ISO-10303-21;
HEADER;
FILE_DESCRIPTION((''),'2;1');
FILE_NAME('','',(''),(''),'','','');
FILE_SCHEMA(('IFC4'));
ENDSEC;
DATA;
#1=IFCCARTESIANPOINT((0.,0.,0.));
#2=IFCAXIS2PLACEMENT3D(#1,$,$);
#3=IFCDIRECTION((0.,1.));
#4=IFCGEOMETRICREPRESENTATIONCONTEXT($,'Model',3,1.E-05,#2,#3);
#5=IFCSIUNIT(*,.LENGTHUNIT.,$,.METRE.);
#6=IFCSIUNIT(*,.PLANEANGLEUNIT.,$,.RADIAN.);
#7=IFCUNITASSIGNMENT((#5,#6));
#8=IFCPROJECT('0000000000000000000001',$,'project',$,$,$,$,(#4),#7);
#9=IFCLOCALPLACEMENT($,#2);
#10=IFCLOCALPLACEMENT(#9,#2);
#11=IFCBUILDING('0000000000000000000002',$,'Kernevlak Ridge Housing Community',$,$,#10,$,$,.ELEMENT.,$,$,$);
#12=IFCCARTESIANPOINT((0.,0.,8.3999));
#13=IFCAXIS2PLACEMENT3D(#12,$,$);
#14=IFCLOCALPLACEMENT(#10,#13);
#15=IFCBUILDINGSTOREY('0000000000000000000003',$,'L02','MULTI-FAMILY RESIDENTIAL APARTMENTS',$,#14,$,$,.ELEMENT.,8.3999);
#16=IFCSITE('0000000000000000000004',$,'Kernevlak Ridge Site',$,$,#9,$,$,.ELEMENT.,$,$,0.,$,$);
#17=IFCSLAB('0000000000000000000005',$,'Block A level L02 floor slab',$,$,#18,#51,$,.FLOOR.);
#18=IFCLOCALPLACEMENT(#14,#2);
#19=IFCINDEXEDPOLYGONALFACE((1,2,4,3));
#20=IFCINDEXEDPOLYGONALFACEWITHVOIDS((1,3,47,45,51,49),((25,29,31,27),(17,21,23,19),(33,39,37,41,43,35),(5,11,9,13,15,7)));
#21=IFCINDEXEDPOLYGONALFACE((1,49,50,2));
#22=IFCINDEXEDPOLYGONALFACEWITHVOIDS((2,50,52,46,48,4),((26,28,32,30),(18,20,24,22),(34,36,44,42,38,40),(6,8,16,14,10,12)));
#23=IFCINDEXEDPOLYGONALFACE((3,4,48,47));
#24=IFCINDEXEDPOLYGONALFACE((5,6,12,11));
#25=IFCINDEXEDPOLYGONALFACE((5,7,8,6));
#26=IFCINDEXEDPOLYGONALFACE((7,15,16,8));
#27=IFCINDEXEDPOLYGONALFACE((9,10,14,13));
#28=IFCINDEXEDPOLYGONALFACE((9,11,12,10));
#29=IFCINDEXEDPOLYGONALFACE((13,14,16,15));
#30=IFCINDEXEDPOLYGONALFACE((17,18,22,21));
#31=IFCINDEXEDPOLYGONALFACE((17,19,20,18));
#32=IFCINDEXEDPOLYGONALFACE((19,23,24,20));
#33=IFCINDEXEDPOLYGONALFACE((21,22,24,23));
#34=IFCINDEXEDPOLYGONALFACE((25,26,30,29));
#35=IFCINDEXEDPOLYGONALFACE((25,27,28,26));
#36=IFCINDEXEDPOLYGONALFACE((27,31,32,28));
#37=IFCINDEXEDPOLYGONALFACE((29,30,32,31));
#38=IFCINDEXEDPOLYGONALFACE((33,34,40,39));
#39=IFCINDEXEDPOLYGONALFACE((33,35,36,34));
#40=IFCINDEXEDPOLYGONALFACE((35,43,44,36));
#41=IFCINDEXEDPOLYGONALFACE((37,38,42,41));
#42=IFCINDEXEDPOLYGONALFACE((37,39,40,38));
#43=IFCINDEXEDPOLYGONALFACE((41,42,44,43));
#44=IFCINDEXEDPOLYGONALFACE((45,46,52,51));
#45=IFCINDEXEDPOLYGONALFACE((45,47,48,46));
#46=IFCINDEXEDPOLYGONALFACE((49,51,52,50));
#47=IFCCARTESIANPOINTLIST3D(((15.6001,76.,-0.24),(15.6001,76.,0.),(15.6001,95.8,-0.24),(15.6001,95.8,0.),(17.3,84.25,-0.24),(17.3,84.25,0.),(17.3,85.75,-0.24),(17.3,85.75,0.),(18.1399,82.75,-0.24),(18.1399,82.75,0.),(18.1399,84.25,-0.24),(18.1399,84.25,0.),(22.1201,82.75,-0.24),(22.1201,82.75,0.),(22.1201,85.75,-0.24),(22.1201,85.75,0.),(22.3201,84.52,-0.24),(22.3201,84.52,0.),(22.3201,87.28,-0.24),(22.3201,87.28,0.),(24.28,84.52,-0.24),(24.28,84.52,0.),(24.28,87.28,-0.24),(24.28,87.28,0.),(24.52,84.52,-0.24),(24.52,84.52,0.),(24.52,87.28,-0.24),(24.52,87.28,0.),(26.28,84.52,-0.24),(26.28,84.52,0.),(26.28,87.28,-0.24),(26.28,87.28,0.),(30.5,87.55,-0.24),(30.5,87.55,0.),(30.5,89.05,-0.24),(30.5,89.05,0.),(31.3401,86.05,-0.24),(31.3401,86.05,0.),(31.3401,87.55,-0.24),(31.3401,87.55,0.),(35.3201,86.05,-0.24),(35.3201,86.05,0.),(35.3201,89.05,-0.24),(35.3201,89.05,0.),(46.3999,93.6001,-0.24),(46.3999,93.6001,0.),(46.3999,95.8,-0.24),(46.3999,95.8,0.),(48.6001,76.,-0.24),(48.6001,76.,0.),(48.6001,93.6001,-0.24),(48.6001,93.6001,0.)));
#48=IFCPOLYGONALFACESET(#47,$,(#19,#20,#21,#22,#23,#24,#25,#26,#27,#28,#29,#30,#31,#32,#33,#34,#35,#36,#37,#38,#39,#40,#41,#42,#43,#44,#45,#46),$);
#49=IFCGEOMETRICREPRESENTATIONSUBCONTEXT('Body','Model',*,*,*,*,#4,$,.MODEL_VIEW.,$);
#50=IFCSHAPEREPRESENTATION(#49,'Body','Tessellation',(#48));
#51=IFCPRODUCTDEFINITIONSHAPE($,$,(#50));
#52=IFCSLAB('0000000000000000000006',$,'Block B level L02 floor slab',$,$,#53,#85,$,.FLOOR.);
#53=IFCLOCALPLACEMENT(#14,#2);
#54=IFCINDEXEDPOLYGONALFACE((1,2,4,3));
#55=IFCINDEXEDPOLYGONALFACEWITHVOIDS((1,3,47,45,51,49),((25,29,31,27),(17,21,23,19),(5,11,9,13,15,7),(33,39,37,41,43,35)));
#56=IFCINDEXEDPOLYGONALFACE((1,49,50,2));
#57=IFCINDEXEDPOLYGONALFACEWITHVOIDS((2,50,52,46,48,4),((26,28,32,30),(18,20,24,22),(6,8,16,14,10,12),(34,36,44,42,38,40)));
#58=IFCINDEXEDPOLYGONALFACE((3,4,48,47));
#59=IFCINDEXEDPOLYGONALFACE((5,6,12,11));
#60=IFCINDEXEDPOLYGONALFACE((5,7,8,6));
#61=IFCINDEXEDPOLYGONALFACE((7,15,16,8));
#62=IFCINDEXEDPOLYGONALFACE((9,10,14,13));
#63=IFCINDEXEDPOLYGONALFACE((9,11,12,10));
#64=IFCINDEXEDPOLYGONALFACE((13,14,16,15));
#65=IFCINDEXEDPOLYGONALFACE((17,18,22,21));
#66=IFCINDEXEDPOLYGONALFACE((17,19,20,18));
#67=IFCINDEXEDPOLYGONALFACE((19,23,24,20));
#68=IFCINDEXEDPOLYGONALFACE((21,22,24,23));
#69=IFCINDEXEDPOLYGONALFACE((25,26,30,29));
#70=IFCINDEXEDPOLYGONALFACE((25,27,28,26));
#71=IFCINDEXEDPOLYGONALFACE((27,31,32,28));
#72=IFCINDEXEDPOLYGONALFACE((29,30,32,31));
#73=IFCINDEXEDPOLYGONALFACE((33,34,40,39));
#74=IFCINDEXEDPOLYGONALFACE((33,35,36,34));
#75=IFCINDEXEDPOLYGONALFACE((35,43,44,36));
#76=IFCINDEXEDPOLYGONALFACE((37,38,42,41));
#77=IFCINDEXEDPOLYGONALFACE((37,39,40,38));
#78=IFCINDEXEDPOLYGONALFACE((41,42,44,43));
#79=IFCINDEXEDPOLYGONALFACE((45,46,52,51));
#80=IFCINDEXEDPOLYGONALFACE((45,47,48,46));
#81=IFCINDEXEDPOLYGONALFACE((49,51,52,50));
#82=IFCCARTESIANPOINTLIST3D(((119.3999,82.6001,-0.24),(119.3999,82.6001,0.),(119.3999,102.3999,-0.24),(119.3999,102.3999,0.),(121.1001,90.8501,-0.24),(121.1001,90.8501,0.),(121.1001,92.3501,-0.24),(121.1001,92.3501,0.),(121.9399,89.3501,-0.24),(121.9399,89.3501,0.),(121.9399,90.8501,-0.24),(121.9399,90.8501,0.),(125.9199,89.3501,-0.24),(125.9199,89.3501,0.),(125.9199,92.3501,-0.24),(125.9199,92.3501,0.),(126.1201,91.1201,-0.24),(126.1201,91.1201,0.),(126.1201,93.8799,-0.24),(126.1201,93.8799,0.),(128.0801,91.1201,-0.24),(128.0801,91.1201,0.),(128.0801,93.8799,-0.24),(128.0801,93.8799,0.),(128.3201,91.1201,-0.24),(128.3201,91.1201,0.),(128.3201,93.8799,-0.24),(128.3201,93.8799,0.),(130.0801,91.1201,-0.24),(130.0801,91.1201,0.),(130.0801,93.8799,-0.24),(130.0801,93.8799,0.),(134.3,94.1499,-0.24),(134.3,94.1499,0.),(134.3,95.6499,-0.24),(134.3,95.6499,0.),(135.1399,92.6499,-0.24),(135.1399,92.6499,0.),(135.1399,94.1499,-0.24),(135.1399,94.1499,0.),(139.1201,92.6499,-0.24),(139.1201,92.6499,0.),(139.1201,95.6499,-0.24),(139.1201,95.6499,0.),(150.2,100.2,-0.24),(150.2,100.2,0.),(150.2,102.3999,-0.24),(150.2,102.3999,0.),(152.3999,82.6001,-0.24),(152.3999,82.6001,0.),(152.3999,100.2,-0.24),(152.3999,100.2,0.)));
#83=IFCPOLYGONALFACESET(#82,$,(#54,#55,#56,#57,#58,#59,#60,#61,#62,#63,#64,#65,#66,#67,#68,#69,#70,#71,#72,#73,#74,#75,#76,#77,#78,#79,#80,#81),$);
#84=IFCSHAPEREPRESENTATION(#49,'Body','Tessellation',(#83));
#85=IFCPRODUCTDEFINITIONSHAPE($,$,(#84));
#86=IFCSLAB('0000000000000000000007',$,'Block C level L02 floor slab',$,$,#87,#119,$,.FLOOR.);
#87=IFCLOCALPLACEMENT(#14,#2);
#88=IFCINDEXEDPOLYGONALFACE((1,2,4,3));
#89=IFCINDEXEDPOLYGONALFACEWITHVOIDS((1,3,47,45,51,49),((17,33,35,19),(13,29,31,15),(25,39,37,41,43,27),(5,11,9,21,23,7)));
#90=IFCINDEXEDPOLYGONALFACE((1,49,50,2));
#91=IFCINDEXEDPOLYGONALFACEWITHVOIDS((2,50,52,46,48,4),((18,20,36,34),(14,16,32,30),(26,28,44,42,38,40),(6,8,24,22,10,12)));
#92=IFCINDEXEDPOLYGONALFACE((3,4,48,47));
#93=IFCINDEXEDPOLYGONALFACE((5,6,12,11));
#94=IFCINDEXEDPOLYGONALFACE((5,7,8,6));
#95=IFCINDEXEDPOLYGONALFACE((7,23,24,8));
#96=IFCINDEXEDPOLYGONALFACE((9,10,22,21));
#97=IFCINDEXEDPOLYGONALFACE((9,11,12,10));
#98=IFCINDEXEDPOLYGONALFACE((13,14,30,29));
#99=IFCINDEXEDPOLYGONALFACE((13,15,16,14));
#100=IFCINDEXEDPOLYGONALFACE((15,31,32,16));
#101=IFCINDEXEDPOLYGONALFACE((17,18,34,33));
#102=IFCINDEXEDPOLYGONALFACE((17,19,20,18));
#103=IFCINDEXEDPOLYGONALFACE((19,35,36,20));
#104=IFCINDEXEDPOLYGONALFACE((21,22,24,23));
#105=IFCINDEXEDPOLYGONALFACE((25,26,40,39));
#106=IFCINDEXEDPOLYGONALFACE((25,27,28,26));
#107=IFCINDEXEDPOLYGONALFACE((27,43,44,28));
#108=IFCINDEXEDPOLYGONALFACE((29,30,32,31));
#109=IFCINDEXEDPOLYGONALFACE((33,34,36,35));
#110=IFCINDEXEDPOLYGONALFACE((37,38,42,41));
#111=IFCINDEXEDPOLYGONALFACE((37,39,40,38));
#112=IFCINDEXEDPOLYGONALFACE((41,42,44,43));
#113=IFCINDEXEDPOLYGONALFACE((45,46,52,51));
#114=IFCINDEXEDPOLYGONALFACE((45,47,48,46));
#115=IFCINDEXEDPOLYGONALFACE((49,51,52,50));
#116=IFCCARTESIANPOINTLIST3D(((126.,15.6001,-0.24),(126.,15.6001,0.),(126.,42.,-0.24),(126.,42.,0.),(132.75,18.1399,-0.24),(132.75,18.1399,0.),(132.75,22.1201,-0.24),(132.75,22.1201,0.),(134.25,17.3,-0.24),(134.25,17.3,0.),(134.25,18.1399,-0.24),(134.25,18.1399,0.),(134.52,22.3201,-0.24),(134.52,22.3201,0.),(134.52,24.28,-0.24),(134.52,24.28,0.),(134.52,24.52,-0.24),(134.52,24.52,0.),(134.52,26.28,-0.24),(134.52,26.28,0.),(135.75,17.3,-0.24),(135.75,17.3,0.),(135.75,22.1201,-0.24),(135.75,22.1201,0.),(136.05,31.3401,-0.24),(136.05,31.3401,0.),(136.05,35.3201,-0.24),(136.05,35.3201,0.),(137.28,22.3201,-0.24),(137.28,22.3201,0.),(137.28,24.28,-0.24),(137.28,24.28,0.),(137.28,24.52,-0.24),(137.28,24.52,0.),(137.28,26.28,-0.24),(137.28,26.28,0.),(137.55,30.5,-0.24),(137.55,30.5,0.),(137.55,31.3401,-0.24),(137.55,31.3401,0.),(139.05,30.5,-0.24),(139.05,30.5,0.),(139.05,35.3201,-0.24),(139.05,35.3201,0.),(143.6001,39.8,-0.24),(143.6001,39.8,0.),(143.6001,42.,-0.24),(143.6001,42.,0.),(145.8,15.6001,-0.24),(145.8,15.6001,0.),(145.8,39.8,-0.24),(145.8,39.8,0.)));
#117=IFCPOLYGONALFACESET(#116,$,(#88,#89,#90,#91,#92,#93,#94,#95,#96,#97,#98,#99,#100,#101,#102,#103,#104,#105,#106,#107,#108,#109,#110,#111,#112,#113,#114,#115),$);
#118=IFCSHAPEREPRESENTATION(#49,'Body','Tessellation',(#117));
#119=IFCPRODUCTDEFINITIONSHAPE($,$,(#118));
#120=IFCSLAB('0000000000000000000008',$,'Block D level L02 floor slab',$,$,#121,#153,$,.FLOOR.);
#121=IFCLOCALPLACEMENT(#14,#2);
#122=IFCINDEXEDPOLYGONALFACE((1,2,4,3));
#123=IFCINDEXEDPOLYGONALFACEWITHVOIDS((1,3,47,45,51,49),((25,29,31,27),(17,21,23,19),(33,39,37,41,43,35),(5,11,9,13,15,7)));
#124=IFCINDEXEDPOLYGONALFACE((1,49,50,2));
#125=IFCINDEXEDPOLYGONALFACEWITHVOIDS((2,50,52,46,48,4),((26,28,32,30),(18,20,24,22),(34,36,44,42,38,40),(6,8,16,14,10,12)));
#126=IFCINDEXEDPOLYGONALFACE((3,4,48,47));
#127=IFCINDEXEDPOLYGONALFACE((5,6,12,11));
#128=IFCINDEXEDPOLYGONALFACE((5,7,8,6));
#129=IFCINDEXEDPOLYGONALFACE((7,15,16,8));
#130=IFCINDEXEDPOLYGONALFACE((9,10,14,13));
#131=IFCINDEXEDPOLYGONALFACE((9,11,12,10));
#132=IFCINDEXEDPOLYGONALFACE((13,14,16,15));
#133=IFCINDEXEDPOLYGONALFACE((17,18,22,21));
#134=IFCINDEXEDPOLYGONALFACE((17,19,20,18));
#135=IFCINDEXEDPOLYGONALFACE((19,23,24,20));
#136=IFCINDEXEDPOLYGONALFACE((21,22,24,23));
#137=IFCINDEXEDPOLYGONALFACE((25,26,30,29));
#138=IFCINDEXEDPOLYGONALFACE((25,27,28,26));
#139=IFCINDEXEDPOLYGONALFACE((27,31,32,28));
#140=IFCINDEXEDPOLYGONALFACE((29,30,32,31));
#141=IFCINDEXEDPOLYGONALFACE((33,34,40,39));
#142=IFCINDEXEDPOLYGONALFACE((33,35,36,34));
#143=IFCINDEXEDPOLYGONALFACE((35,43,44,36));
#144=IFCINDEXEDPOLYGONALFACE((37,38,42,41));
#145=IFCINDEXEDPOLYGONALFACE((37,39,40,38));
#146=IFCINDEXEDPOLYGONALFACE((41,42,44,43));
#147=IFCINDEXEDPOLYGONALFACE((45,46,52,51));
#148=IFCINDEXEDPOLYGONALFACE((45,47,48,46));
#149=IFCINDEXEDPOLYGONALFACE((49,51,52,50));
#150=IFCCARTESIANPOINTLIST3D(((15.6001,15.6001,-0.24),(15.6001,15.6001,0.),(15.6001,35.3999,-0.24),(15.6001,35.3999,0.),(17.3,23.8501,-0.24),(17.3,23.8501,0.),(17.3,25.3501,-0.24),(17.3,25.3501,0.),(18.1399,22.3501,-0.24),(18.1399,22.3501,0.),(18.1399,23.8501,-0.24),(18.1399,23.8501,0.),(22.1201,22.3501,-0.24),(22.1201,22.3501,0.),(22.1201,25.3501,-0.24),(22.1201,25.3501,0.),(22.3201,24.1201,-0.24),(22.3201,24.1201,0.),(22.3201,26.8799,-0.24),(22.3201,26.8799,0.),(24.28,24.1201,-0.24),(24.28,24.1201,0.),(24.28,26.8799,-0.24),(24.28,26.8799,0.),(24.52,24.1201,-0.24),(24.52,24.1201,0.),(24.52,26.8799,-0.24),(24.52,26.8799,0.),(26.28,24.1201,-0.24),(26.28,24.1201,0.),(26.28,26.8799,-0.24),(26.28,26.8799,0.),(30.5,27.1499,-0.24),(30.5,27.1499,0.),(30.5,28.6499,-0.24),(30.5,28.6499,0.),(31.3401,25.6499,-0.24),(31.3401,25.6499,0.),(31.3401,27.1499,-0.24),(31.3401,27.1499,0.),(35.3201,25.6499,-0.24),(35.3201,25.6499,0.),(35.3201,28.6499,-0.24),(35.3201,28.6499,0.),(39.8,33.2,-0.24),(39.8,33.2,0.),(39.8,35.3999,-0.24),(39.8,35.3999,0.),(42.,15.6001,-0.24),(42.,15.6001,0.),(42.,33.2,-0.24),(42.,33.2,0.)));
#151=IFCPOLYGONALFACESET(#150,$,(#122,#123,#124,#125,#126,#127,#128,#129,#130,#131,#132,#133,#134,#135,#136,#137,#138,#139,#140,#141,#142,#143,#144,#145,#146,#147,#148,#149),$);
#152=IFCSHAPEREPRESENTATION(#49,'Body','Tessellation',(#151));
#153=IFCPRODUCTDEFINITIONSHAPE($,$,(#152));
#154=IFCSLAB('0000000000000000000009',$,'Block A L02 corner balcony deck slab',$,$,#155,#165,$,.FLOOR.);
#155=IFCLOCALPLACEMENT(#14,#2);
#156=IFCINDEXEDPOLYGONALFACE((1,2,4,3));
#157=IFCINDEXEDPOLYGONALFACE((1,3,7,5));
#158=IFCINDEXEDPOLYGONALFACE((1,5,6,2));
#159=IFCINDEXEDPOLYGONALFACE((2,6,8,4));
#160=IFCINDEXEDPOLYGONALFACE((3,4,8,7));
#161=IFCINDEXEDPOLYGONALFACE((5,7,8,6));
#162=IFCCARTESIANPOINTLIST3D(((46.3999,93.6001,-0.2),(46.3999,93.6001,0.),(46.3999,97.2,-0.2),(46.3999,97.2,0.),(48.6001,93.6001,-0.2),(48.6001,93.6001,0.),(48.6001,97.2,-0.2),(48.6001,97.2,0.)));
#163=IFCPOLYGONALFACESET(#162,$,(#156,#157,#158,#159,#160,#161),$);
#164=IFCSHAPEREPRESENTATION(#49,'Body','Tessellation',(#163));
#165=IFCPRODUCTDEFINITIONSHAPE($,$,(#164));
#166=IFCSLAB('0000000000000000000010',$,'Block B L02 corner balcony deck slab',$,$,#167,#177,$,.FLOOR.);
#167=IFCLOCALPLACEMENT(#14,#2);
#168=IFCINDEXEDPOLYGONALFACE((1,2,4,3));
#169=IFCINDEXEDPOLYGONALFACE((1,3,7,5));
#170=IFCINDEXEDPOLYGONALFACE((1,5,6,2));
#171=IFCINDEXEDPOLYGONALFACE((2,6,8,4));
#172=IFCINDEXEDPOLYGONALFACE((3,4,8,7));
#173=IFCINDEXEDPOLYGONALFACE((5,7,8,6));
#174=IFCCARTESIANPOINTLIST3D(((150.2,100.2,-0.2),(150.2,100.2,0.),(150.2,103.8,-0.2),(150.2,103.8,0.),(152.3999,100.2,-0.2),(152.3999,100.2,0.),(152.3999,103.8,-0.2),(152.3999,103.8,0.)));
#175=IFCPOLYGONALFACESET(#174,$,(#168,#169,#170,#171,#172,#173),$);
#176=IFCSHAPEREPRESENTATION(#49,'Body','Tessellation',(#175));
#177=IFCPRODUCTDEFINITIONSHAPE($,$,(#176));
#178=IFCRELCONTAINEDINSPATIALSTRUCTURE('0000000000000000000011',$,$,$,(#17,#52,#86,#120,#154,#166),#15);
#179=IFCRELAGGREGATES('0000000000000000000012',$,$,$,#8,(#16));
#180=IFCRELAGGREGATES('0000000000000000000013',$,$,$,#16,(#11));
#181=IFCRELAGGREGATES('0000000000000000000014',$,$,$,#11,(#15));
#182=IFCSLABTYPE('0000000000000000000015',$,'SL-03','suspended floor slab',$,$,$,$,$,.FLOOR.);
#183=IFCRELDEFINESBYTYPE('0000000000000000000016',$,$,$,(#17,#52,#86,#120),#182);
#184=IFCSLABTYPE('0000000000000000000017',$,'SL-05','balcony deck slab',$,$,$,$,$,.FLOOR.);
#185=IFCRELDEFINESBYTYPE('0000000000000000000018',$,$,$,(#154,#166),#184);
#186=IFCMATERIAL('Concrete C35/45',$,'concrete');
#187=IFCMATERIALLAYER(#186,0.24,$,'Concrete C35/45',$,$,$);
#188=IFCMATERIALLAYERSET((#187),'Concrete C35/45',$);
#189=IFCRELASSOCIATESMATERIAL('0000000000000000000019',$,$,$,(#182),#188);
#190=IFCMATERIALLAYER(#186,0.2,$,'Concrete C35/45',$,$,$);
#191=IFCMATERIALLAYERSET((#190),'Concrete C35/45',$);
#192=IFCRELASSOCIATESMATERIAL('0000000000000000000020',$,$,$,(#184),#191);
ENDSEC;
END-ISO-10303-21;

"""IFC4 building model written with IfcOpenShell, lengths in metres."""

from ifc_helpers import new_model, si_unit, direction, frame, origin, place, context, subcontext, project, spatial, polyline, outline, extrude, material, layer, layer_set, type_object, element, save


model = new_model("IFC4")

# Units and contexts
model_context = context("Model", 3, precision=1e-05, world=origin(), true_north=direction((0.0, 1.0)))
body_context = subcontext(model_context, "Body", "Model", "MODEL_VIEW")
ifc_project = project(units=[si_unit("LENGTHUNIT", "METRE"), si_unit("PLANEANGLEUNIT", "RADIAN")], contexts=[model_context])

# Site, building, storey
site_placement = place(None, origin())
site = spatial("IfcSite", under=ifc_project, at=site_placement, Name="Kernevlak Ridge Site", CompositionType="ELEMENT", RefElevation=0.0)
building_placement = place(site_placement, origin())
building = spatial("IfcBuilding", under=site, at=building_placement, Name="Kernevlak Ridge Housing Community", CompositionType="ELEMENT")
storey_placement = place(building_placement, frame((0.0, 0.0, 8.3999)))
storey = spatial("IfcBuildingStorey", under=building, at=storey_placement, Name="L02", Description="MULTI-FAMILY RESIDENTIAL APARTMENTS", CompositionType="ELEMENT", Elevation=8.3999)

# Slabs
ifc_material_1 = material(Name="Concrete C35/45", Category="concrete")
ifc_layer_1 = layer(ifc_material_1, 0.24, Name="Concrete C35/45")
ifc_layer_set_1 = layer_set([ifc_layer_1], Name="Concrete C35/45")
slab_type_1 = type_object("IfcSlabType", Name="SL-03", Description="suspended floor slab", PredefinedType="FLOOR", material=ifc_layer_set_1)
slab_1_placement = place(storey_placement, frame((0.0, 0.0, -0.24)))
element("IfcSlab", 1, at=slab_1_placement, inside=storey, type_object=slab_type_1, Name="Block A level L02 floor slab", PredefinedType="FLOOR", context=body_context, shape_type="SweptSolid", body=[
    extrude(outline(polyline([(15.6001, 76.0), (48.6001, 76.0), (48.6001, 93.6001), (46.3999, 93.6001), (46.3999, 95.8), (15.6001, 95.8), (15.6001, 76.0)]), holes=[polyline([(18.1399, 84.25), (17.3, 84.25), (17.3, 85.75), (22.1201, 85.75), (22.1201, 82.75), (18.1399, 82.75), (18.1399, 84.25)]), polyline([(31.3401, 87.55), (30.5, 87.55), (30.5, 89.05), (35.3201, 89.05), (35.3201, 86.05), (31.3401, 86.05), (31.3401, 87.55)]), polyline([(22.3201, 87.28), (24.28, 87.28), (24.28, 84.52), (22.3201, 84.52), (22.3201, 87.28)]), polyline([(24.52, 87.28), (26.28, 87.28), (26.28, 84.52), (24.52, 84.52), (24.52, 87.28)])]), origin(), (0.0, 0.0, 1.0), 0.24),
])
slab_2_placement = place(storey_placement, frame((0.0, 0.0, -0.24)))
element("IfcSlab", 2, at=slab_2_placement, inside=storey, type_object=slab_type_1, Name="Block B level L02 floor slab", PredefinedType="FLOOR", context=body_context, shape_type="SweptSolid", body=[
    extrude(outline(polyline([(119.3999, 82.6001), (152.3999, 82.6001), (152.3999, 100.2), (150.2, 100.2), (150.2, 102.3999), (119.3999, 102.3999), (119.3999, 82.6001)]), holes=[polyline([(121.9399, 90.8501), (121.1001, 90.8501), (121.1001, 92.3501), (125.9199, 92.3501), (125.9199, 89.3501), (121.9399, 89.3501), (121.9399, 90.8501)]), polyline([(135.1399, 94.1499), (134.3, 94.1499), (134.3, 95.6499), (139.1201, 95.6499), (139.1201, 92.6499), (135.1399, 92.6499), (135.1399, 94.1499)]), polyline([(126.1201, 93.8799), (128.0801, 93.8799), (128.0801, 91.1201), (126.1201, 91.1201), (126.1201, 93.8799)]), polyline([(128.3201, 93.8799), (130.0801, 93.8799), (130.0801, 91.1201), (128.3201, 91.1201), (128.3201, 93.8799)])]), origin(), (0.0, 0.0, 1.0), 0.24),
])
slab_3_placement = place(storey_placement, frame((0.0, 0.0, -0.24)))
element("IfcSlab", 3, at=slab_3_placement, inside=storey, type_object=slab_type_1, Name="Block C level L02 floor slab", PredefinedType="FLOOR", context=body_context, shape_type="SweptSolid", body=[
    extrude(outline(polyline([(145.8, 15.6001), (145.8, 39.8), (143.6001, 39.8), (143.6001, 42.0), (126.0, 42.0), (126.0, 15.6001), (145.8, 15.6001)]), holes=[polyline([(132.75, 18.1399), (132.75, 22.1201), (135.75, 22.1201), (135.75, 17.3), (134.25, 17.3), (134.25, 18.1399), (132.75, 18.1399)]), polyline([(136.05, 31.3401), (136.05, 35.3201), (139.05, 35.3201), (139.05, 30.5), (137.55, 30.5), (137.55, 31.3401), (136.05, 31.3401)]), polyline([(134.52, 24.28), (137.28, 24.28), (137.28, 22.3201), (134.52, 22.3201), (134.52, 24.28)]), polyline([(134.52, 26.28), (137.28, 26.28), (137.28, 24.52), (134.52, 24.52), (134.52, 26.28)])]), origin(), (0.0, 0.0, 1.0), 0.24),
])
slab_4_placement = place(storey_placement, frame((0.0, 0.0, -0.24)))
element("IfcSlab", 4, at=slab_4_placement, inside=storey, type_object=slab_type_1, Name="Block D level L02 floor slab", PredefinedType="FLOOR", context=body_context, shape_type="SweptSolid", body=[
    extrude(outline(polyline([(15.6001, 15.6001), (42.0, 15.6001), (42.0, 33.2), (39.8, 33.2), (39.8, 35.3999), (15.6001, 35.3999), (15.6001, 15.6001)]), holes=[polyline([(18.1399, 23.8501), (17.3, 23.8501), (17.3, 25.3501), (22.1201, 25.3501), (22.1201, 22.3501), (18.1399, 22.3501), (18.1399, 23.8501)]), polyline([(31.3401, 27.1499), (30.5, 27.1499), (30.5, 28.6499), (35.3201, 28.6499), (35.3201, 25.6499), (31.3401, 25.6499), (31.3401, 27.1499)]), polyline([(22.3201, 26.8799), (24.28, 26.8799), (24.28, 24.1201), (22.3201, 24.1201), (22.3201, 26.8799)]), polyline([(24.52, 26.8799), (26.28, 26.8799), (26.28, 24.1201), (24.52, 24.1201), (24.52, 26.8799)])]), origin(), (0.0, 0.0, 1.0), 0.24),
])
ifc_layer_2 = layer(ifc_material_1, 0.2, Name="Concrete C35/45")
ifc_layer_set_2 = layer_set([ifc_layer_2], Name="Concrete C35/45")
slab_type_2 = type_object("IfcSlabType", Name="SL-05", Description="balcony deck slab", PredefinedType="FLOOR", material=ifc_layer_set_2)
slab_5_placement = place(storey_placement, frame((0.0, 0.0, -0.2)))
element("IfcSlab", 5, at=slab_5_placement, inside=storey, type_object=slab_type_2, Name="Block A L02 corner balcony deck slab", PredefinedType="FLOOR", context=body_context, shape_type="SweptSolid", body=[
    extrude(outline(polyline([(46.3999, 93.6001), (48.6001, 93.6001), (48.6001, 97.2), (46.3999, 97.2), (46.3999, 93.6001)])), origin(), (0.0, 0.0, 1.0), 0.2),
])
slab_6_placement = place(storey_placement, frame((0.0, 0.0, -0.2)))
element("IfcSlab", 6, at=slab_6_placement, inside=storey, type_object=slab_type_2, Name="Block B L02 corner balcony deck slab", PredefinedType="FLOOR", context=body_context, shape_type="SweptSolid", body=[
    extrude(outline(polyline([(150.2, 100.2), (152.3999, 100.2), (152.3999, 103.8), (150.2, 103.8), (150.2, 100.2)])), origin(), (0.0, 0.0, 1.0), 0.2),
])

save(model, "model.ifc")
